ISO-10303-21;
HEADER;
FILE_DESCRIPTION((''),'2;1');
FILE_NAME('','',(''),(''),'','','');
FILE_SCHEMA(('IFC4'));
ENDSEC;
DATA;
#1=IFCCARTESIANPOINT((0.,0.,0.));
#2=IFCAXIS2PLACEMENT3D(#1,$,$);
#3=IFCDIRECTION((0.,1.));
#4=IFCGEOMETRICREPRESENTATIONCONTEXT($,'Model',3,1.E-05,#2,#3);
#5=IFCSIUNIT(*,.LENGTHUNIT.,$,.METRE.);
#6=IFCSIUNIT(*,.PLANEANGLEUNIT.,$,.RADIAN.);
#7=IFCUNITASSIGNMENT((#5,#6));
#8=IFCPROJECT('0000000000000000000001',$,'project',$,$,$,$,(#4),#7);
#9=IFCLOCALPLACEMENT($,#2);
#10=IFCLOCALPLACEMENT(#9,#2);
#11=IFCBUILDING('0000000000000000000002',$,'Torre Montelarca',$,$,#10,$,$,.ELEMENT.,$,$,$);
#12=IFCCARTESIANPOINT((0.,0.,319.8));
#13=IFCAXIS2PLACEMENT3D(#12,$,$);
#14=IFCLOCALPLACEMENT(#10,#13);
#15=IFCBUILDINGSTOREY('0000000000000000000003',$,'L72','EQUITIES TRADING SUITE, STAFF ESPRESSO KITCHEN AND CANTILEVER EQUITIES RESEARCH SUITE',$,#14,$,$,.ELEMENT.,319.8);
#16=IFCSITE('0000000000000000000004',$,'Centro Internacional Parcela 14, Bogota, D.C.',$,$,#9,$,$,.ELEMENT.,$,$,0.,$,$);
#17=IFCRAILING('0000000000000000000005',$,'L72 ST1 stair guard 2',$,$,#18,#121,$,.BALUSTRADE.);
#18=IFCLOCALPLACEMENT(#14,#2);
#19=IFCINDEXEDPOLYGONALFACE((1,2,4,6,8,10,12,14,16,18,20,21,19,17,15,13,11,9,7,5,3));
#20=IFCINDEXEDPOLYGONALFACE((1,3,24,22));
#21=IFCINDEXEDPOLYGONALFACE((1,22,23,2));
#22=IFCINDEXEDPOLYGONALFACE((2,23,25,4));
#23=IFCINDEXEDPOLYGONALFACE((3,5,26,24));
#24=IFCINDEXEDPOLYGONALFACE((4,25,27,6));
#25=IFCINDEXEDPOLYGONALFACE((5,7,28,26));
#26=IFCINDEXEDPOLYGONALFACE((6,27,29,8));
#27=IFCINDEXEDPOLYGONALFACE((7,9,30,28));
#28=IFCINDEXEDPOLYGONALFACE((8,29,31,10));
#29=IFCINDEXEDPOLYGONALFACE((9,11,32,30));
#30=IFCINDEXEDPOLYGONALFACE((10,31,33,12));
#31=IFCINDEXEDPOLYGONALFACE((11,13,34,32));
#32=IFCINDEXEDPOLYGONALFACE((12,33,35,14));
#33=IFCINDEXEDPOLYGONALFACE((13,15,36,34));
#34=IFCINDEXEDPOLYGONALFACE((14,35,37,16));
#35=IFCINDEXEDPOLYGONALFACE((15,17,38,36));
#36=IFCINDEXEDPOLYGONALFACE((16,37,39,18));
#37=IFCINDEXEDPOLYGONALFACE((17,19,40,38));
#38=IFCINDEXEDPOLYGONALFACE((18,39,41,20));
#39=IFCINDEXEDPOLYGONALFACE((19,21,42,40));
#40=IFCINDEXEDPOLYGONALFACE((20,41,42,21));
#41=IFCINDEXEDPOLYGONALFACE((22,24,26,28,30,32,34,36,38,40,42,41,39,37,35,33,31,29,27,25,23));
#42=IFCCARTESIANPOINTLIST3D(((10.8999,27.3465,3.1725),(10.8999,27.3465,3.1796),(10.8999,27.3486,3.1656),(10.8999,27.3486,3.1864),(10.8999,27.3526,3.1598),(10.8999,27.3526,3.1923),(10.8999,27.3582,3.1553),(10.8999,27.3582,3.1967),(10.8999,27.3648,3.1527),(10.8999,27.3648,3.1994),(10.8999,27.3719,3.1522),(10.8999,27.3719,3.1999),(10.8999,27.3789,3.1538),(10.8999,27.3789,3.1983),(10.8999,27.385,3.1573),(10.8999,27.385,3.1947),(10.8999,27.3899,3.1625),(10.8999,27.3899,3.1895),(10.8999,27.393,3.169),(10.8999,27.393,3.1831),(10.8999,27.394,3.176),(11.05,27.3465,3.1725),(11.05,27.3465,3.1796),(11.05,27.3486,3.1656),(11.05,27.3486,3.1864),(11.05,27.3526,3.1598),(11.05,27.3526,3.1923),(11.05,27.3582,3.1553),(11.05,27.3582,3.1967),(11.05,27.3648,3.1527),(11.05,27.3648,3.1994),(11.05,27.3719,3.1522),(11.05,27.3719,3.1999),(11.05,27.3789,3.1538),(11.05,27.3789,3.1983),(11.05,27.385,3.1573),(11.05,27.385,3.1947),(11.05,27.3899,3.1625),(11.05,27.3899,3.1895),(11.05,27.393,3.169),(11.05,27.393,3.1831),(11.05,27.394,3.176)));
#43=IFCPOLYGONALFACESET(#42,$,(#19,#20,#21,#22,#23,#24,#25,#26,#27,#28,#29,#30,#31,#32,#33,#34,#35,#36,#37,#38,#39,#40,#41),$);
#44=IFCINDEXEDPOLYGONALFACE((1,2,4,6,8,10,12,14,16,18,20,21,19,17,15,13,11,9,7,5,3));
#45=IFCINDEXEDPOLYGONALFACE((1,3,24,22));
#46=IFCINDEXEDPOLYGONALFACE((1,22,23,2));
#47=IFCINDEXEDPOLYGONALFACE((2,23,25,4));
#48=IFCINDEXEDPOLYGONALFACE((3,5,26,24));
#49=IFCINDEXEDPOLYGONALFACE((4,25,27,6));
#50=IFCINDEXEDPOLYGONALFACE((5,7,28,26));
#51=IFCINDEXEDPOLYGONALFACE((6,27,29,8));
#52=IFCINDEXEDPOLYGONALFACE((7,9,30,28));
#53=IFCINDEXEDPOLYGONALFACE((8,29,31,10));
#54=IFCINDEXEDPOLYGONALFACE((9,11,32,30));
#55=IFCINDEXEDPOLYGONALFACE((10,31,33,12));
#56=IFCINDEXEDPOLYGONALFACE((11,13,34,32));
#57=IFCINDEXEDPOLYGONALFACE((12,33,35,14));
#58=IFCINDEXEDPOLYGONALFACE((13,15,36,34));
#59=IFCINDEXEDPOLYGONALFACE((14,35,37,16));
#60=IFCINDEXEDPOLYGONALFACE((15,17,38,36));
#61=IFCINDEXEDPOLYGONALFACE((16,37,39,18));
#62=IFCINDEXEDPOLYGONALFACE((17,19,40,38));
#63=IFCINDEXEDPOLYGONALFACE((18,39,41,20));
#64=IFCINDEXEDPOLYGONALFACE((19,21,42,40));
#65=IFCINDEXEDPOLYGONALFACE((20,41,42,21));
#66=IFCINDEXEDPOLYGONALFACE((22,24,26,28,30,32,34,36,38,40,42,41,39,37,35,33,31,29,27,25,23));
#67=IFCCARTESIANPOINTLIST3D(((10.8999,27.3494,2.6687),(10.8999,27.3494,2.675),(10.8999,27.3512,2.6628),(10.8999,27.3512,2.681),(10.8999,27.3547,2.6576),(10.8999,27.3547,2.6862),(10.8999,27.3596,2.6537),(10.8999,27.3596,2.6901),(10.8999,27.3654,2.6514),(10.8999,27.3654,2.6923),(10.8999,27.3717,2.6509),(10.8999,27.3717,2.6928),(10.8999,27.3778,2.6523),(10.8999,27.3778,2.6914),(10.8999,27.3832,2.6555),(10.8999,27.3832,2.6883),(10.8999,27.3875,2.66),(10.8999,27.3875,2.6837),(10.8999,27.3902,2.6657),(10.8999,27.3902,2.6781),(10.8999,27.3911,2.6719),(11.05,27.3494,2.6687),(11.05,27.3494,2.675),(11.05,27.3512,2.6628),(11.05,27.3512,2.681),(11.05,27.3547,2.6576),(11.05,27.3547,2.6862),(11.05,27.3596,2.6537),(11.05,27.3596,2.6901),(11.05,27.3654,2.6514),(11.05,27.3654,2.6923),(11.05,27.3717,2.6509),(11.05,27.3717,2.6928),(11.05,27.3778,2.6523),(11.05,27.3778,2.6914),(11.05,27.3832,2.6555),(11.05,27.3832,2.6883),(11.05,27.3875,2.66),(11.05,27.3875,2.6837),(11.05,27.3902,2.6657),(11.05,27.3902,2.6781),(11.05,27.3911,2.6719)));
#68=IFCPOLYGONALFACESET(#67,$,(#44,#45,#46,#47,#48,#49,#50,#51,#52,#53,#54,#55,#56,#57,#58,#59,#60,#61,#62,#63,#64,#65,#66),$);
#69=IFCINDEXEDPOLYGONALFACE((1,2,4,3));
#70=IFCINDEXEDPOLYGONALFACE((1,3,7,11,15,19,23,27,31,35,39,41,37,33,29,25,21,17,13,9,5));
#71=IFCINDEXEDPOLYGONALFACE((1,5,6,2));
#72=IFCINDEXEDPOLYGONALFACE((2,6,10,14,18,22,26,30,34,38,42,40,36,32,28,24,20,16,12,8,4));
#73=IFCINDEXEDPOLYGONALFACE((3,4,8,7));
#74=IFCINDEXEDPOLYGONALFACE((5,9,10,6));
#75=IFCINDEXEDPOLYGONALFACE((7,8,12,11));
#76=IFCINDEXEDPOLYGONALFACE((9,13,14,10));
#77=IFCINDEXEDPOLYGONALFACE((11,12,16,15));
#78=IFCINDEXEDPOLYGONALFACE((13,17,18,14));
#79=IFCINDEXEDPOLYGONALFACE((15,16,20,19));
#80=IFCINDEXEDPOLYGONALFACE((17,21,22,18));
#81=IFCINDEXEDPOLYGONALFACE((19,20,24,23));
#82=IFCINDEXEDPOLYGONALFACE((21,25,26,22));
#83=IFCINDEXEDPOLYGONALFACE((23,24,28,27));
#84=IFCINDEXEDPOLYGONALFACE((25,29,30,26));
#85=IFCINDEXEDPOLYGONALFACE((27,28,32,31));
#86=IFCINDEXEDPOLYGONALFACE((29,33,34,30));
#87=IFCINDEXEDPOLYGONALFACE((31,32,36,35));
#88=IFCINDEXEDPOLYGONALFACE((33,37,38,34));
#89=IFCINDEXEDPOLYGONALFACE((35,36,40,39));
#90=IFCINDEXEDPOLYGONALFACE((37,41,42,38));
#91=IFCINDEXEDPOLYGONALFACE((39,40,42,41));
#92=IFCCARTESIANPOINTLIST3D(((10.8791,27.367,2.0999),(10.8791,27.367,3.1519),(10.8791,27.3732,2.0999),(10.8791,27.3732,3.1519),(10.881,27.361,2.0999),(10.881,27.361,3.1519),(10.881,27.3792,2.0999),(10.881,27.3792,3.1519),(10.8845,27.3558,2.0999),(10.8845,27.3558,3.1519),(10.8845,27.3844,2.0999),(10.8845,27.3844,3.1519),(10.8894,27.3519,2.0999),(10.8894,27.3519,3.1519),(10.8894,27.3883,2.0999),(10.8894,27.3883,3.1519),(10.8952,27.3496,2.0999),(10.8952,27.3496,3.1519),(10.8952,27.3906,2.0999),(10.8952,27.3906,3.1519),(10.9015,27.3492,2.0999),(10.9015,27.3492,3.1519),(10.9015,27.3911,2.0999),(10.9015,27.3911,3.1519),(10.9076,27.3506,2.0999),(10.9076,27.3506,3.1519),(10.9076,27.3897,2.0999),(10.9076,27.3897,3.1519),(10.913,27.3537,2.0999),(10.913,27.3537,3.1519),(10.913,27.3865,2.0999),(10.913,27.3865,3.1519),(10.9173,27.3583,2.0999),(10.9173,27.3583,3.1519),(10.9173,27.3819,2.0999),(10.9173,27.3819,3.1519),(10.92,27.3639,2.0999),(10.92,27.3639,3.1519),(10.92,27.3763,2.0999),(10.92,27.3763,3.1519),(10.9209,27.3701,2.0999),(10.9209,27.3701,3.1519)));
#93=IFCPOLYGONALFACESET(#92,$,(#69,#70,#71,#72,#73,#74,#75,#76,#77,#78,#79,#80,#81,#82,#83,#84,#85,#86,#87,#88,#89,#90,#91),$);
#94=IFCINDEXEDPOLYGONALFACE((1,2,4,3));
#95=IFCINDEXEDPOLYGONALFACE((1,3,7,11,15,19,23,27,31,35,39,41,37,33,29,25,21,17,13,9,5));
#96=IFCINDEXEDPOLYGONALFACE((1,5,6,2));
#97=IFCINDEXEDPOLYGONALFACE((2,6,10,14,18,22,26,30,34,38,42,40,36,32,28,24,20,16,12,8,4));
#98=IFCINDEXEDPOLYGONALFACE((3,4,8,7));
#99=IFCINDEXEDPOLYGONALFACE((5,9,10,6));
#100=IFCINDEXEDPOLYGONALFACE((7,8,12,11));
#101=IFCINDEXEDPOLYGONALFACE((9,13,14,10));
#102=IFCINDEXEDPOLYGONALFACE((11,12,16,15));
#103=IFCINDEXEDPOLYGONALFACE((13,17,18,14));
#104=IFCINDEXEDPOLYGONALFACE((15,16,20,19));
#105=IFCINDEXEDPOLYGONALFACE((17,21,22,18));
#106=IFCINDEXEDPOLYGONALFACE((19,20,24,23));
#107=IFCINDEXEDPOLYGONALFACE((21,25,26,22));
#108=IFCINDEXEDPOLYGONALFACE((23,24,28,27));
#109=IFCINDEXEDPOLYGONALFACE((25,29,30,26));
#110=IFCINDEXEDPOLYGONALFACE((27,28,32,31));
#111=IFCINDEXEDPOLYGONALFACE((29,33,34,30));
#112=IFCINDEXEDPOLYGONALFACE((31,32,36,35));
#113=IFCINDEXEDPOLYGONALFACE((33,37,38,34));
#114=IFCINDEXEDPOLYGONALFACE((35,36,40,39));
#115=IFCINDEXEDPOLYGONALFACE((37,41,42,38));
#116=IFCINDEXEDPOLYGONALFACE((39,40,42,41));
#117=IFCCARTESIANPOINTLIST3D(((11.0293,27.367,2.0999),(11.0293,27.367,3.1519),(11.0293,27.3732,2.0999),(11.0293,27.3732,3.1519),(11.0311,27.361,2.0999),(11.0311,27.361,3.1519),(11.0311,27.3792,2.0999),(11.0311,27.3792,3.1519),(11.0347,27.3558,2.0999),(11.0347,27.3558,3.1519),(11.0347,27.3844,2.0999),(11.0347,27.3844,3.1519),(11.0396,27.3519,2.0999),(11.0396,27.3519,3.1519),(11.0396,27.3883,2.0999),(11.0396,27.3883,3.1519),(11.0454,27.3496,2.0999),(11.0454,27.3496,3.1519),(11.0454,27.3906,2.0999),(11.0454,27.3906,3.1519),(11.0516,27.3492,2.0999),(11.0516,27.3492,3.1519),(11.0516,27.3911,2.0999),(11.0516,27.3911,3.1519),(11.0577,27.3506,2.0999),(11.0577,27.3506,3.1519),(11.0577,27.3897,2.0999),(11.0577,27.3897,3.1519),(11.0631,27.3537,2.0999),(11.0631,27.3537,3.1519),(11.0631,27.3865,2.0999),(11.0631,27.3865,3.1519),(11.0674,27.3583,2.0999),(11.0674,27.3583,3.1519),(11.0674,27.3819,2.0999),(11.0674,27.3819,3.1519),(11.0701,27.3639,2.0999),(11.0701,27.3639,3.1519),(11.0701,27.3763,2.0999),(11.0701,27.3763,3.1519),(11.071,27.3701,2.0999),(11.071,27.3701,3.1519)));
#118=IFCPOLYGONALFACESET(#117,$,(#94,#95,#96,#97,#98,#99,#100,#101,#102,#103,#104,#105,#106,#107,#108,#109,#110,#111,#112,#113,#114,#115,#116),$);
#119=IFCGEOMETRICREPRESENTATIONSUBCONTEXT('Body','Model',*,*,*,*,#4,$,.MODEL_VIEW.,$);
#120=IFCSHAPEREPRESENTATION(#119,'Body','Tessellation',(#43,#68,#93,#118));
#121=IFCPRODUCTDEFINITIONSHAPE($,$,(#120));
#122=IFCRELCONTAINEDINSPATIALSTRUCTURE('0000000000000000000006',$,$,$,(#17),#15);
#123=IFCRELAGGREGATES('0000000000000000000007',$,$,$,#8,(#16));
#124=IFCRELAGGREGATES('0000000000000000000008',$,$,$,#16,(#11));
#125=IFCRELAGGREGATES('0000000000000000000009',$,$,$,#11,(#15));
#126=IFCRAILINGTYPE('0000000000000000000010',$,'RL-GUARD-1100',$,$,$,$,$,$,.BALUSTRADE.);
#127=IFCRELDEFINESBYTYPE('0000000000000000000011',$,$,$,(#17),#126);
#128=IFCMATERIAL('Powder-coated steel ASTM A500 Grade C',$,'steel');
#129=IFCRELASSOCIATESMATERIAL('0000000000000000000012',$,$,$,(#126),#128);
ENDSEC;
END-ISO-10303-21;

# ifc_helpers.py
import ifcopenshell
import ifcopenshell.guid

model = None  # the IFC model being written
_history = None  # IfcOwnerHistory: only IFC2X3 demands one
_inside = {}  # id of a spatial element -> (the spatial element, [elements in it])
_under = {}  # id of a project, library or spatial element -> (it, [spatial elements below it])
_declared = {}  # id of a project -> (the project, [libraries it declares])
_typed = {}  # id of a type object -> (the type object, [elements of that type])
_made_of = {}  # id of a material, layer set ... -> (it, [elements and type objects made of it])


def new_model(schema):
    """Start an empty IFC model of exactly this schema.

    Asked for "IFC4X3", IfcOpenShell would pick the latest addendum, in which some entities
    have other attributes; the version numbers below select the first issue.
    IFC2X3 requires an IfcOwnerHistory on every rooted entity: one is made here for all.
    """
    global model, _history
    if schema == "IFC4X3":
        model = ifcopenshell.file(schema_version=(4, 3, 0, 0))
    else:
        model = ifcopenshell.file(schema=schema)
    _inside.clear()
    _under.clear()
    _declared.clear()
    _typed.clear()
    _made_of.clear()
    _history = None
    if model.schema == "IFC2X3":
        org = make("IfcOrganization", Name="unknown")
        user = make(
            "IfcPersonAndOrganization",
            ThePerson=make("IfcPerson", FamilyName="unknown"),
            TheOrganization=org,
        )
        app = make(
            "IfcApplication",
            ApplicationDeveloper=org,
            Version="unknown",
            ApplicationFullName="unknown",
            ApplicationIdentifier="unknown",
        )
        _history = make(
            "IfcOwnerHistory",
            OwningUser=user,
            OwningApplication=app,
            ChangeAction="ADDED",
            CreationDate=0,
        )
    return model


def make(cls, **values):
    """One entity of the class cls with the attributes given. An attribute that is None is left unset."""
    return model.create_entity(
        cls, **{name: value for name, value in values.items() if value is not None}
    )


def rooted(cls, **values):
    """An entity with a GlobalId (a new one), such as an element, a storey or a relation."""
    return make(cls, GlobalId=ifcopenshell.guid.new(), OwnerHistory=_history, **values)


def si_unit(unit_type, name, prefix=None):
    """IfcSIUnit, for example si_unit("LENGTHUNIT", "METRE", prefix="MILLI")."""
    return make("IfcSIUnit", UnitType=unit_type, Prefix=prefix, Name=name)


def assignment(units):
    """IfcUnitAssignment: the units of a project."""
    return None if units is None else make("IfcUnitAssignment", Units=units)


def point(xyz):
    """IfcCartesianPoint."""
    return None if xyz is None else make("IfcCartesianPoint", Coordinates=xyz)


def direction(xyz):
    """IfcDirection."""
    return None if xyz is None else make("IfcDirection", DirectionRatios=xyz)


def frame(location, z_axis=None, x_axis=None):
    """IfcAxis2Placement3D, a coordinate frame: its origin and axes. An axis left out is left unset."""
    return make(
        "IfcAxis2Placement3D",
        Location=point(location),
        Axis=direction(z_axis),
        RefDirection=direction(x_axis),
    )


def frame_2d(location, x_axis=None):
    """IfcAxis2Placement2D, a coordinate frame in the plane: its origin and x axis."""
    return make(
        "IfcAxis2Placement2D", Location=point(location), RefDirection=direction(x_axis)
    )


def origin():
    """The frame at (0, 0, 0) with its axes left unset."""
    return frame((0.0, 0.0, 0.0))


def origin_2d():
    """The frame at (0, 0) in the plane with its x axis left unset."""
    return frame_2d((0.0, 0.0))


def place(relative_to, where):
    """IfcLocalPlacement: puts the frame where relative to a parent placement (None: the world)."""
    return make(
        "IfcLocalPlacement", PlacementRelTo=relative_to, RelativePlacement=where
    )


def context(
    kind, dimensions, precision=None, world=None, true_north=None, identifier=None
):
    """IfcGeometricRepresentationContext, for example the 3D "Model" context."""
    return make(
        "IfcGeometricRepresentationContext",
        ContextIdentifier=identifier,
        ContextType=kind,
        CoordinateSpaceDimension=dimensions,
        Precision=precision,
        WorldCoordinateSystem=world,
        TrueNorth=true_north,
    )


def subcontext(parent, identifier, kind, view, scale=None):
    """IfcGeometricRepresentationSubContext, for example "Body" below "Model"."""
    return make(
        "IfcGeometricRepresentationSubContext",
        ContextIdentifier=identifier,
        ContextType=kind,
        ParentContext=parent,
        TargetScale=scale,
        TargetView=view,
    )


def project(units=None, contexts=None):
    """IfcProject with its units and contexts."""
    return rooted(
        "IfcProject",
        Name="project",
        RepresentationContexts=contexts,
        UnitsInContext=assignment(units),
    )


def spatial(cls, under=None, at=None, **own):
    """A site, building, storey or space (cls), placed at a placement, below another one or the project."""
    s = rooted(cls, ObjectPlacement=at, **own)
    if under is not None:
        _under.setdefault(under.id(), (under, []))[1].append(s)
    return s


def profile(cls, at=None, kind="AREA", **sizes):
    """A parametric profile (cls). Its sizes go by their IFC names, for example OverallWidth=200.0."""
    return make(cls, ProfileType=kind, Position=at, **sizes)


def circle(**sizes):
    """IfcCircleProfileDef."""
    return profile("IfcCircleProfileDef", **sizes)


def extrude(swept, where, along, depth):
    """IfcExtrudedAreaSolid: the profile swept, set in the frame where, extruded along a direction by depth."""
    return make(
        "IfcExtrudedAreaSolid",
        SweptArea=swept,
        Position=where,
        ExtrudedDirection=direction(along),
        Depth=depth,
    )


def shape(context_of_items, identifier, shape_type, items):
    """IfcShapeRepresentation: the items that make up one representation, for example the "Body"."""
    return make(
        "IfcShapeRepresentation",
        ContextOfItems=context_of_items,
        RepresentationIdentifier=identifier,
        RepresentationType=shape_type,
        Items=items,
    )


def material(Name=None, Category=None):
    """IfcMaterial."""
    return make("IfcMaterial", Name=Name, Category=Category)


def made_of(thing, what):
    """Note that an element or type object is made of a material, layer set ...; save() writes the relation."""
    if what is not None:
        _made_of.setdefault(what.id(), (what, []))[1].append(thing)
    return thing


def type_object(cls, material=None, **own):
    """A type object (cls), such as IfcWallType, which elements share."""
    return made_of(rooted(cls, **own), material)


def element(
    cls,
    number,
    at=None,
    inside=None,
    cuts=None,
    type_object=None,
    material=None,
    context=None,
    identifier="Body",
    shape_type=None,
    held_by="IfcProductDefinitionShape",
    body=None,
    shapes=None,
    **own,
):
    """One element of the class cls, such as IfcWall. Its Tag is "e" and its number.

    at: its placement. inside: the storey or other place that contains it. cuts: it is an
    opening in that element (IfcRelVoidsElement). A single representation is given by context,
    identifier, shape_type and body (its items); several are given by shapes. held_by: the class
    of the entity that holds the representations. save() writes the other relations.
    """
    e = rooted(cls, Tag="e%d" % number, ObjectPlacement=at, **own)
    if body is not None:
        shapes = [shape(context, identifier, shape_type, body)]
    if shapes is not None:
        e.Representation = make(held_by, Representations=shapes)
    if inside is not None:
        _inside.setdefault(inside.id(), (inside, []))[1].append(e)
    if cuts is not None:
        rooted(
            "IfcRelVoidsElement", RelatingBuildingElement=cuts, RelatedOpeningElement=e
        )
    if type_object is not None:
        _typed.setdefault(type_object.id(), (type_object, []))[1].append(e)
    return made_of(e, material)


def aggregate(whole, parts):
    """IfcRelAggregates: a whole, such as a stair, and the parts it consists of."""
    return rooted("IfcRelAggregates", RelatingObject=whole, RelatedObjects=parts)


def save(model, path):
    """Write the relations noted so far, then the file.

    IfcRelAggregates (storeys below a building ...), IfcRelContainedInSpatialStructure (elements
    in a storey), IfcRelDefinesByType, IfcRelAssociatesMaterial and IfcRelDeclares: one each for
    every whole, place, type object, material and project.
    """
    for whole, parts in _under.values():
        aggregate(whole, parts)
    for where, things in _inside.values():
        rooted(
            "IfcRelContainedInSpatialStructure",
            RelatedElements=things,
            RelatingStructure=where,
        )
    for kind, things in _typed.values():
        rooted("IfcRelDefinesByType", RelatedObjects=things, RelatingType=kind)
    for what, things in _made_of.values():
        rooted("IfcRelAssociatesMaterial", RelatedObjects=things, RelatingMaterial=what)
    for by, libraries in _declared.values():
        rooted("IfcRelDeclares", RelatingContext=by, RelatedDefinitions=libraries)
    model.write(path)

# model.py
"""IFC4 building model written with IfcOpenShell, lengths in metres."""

from ifc_helpers import new_model, si_unit, direction, frame, origin, origin_2d, place, context, subcontext, project, spatial, circle, extrude, material, type_object, element, save


model = new_model("IFC4")

# Units and contexts
model_context = context("Model", 3, precision=1e-05, world=origin(), true_north=direction((0.0, 1.0)))
body_context = subcontext(model_context, "Body", "Model", "MODEL_VIEW")
ifc_project = project(units=[si_unit("LENGTHUNIT", "METRE"), si_unit("PLANEANGLEUNIT", "RADIAN")], contexts=[model_context])

# Site, building, storey
site_placement = place(None, origin())
site = spatial("IfcSite", under=ifc_project, at=site_placement, Name="Centro Internacional Parcela 14, Bogota, D.C.", CompositionType="ELEMENT", RefElevation=0.0)
building_placement = place(site_placement, origin())
building = spatial("IfcBuilding", under=site, at=building_placement, Name="Torre Montelarca", CompositionType="ELEMENT")
storey_placement = place(building_placement, frame((0.0, 0.0, 319.8)))
storey = spatial("IfcBuildingStorey", under=building, at=storey_placement, Name="L72", Description="EQUITIES TRADING SUITE, STAFF ESPRESSO KITCHEN AND CANTILEVER EQUITIES RESEARCH SUITE", CompositionType="ELEMENT", Elevation=319.8)

# Railing
ifc_material_1 = material(Name="Powder-coated steel ASTM A500 Grade C", Category="steel")
railing_type_1 = type_object("IfcRailingType", Name="RL-GUARD-1100", PredefinedType="BALUSTRADE", material=ifc_material_1)
railing_1_placement = place(storey_placement, frame((10.8999, 27.3701, 2.0999)))
element("IfcRailing", 1, at=railing_1_placement, inside=storey, type_object=railing_type_1, Name="L72 ST1 stair guard 2", PredefinedType="BALUSTRADE", context=body_context, shape_type="SweptSolid", body=[
    extrude(circle(Radius=0.0239, at=origin_2d()), frame((0.0, 0.0, 1.0762), z_axis=(1.0, 0.0, 0.0), x_axis=(0.0, 1.0, 0.0)), (0.0, 0.0, 1.0), 0.1501),
    extrude(circle(Radius=0.021, at=origin_2d()), frame((0.0, 0.0, 0.572), z_axis=(1.0, 0.0, 0.0), x_axis=(0.0, 1.0, 0.0)), (0.0, 0.0, 1.0), 0.1501),
    extrude(circle(Radius=0.021, at=origin_2d()), origin(), (0.0, 0.0, 1.0), 1.052),
    extrude(circle(Radius=0.021, at=origin_2d()), frame((0.1501, 0.0, 0.0)), (0.0, 0.0, 1.0), 1.052),
])

save(model, "model.ifc")
